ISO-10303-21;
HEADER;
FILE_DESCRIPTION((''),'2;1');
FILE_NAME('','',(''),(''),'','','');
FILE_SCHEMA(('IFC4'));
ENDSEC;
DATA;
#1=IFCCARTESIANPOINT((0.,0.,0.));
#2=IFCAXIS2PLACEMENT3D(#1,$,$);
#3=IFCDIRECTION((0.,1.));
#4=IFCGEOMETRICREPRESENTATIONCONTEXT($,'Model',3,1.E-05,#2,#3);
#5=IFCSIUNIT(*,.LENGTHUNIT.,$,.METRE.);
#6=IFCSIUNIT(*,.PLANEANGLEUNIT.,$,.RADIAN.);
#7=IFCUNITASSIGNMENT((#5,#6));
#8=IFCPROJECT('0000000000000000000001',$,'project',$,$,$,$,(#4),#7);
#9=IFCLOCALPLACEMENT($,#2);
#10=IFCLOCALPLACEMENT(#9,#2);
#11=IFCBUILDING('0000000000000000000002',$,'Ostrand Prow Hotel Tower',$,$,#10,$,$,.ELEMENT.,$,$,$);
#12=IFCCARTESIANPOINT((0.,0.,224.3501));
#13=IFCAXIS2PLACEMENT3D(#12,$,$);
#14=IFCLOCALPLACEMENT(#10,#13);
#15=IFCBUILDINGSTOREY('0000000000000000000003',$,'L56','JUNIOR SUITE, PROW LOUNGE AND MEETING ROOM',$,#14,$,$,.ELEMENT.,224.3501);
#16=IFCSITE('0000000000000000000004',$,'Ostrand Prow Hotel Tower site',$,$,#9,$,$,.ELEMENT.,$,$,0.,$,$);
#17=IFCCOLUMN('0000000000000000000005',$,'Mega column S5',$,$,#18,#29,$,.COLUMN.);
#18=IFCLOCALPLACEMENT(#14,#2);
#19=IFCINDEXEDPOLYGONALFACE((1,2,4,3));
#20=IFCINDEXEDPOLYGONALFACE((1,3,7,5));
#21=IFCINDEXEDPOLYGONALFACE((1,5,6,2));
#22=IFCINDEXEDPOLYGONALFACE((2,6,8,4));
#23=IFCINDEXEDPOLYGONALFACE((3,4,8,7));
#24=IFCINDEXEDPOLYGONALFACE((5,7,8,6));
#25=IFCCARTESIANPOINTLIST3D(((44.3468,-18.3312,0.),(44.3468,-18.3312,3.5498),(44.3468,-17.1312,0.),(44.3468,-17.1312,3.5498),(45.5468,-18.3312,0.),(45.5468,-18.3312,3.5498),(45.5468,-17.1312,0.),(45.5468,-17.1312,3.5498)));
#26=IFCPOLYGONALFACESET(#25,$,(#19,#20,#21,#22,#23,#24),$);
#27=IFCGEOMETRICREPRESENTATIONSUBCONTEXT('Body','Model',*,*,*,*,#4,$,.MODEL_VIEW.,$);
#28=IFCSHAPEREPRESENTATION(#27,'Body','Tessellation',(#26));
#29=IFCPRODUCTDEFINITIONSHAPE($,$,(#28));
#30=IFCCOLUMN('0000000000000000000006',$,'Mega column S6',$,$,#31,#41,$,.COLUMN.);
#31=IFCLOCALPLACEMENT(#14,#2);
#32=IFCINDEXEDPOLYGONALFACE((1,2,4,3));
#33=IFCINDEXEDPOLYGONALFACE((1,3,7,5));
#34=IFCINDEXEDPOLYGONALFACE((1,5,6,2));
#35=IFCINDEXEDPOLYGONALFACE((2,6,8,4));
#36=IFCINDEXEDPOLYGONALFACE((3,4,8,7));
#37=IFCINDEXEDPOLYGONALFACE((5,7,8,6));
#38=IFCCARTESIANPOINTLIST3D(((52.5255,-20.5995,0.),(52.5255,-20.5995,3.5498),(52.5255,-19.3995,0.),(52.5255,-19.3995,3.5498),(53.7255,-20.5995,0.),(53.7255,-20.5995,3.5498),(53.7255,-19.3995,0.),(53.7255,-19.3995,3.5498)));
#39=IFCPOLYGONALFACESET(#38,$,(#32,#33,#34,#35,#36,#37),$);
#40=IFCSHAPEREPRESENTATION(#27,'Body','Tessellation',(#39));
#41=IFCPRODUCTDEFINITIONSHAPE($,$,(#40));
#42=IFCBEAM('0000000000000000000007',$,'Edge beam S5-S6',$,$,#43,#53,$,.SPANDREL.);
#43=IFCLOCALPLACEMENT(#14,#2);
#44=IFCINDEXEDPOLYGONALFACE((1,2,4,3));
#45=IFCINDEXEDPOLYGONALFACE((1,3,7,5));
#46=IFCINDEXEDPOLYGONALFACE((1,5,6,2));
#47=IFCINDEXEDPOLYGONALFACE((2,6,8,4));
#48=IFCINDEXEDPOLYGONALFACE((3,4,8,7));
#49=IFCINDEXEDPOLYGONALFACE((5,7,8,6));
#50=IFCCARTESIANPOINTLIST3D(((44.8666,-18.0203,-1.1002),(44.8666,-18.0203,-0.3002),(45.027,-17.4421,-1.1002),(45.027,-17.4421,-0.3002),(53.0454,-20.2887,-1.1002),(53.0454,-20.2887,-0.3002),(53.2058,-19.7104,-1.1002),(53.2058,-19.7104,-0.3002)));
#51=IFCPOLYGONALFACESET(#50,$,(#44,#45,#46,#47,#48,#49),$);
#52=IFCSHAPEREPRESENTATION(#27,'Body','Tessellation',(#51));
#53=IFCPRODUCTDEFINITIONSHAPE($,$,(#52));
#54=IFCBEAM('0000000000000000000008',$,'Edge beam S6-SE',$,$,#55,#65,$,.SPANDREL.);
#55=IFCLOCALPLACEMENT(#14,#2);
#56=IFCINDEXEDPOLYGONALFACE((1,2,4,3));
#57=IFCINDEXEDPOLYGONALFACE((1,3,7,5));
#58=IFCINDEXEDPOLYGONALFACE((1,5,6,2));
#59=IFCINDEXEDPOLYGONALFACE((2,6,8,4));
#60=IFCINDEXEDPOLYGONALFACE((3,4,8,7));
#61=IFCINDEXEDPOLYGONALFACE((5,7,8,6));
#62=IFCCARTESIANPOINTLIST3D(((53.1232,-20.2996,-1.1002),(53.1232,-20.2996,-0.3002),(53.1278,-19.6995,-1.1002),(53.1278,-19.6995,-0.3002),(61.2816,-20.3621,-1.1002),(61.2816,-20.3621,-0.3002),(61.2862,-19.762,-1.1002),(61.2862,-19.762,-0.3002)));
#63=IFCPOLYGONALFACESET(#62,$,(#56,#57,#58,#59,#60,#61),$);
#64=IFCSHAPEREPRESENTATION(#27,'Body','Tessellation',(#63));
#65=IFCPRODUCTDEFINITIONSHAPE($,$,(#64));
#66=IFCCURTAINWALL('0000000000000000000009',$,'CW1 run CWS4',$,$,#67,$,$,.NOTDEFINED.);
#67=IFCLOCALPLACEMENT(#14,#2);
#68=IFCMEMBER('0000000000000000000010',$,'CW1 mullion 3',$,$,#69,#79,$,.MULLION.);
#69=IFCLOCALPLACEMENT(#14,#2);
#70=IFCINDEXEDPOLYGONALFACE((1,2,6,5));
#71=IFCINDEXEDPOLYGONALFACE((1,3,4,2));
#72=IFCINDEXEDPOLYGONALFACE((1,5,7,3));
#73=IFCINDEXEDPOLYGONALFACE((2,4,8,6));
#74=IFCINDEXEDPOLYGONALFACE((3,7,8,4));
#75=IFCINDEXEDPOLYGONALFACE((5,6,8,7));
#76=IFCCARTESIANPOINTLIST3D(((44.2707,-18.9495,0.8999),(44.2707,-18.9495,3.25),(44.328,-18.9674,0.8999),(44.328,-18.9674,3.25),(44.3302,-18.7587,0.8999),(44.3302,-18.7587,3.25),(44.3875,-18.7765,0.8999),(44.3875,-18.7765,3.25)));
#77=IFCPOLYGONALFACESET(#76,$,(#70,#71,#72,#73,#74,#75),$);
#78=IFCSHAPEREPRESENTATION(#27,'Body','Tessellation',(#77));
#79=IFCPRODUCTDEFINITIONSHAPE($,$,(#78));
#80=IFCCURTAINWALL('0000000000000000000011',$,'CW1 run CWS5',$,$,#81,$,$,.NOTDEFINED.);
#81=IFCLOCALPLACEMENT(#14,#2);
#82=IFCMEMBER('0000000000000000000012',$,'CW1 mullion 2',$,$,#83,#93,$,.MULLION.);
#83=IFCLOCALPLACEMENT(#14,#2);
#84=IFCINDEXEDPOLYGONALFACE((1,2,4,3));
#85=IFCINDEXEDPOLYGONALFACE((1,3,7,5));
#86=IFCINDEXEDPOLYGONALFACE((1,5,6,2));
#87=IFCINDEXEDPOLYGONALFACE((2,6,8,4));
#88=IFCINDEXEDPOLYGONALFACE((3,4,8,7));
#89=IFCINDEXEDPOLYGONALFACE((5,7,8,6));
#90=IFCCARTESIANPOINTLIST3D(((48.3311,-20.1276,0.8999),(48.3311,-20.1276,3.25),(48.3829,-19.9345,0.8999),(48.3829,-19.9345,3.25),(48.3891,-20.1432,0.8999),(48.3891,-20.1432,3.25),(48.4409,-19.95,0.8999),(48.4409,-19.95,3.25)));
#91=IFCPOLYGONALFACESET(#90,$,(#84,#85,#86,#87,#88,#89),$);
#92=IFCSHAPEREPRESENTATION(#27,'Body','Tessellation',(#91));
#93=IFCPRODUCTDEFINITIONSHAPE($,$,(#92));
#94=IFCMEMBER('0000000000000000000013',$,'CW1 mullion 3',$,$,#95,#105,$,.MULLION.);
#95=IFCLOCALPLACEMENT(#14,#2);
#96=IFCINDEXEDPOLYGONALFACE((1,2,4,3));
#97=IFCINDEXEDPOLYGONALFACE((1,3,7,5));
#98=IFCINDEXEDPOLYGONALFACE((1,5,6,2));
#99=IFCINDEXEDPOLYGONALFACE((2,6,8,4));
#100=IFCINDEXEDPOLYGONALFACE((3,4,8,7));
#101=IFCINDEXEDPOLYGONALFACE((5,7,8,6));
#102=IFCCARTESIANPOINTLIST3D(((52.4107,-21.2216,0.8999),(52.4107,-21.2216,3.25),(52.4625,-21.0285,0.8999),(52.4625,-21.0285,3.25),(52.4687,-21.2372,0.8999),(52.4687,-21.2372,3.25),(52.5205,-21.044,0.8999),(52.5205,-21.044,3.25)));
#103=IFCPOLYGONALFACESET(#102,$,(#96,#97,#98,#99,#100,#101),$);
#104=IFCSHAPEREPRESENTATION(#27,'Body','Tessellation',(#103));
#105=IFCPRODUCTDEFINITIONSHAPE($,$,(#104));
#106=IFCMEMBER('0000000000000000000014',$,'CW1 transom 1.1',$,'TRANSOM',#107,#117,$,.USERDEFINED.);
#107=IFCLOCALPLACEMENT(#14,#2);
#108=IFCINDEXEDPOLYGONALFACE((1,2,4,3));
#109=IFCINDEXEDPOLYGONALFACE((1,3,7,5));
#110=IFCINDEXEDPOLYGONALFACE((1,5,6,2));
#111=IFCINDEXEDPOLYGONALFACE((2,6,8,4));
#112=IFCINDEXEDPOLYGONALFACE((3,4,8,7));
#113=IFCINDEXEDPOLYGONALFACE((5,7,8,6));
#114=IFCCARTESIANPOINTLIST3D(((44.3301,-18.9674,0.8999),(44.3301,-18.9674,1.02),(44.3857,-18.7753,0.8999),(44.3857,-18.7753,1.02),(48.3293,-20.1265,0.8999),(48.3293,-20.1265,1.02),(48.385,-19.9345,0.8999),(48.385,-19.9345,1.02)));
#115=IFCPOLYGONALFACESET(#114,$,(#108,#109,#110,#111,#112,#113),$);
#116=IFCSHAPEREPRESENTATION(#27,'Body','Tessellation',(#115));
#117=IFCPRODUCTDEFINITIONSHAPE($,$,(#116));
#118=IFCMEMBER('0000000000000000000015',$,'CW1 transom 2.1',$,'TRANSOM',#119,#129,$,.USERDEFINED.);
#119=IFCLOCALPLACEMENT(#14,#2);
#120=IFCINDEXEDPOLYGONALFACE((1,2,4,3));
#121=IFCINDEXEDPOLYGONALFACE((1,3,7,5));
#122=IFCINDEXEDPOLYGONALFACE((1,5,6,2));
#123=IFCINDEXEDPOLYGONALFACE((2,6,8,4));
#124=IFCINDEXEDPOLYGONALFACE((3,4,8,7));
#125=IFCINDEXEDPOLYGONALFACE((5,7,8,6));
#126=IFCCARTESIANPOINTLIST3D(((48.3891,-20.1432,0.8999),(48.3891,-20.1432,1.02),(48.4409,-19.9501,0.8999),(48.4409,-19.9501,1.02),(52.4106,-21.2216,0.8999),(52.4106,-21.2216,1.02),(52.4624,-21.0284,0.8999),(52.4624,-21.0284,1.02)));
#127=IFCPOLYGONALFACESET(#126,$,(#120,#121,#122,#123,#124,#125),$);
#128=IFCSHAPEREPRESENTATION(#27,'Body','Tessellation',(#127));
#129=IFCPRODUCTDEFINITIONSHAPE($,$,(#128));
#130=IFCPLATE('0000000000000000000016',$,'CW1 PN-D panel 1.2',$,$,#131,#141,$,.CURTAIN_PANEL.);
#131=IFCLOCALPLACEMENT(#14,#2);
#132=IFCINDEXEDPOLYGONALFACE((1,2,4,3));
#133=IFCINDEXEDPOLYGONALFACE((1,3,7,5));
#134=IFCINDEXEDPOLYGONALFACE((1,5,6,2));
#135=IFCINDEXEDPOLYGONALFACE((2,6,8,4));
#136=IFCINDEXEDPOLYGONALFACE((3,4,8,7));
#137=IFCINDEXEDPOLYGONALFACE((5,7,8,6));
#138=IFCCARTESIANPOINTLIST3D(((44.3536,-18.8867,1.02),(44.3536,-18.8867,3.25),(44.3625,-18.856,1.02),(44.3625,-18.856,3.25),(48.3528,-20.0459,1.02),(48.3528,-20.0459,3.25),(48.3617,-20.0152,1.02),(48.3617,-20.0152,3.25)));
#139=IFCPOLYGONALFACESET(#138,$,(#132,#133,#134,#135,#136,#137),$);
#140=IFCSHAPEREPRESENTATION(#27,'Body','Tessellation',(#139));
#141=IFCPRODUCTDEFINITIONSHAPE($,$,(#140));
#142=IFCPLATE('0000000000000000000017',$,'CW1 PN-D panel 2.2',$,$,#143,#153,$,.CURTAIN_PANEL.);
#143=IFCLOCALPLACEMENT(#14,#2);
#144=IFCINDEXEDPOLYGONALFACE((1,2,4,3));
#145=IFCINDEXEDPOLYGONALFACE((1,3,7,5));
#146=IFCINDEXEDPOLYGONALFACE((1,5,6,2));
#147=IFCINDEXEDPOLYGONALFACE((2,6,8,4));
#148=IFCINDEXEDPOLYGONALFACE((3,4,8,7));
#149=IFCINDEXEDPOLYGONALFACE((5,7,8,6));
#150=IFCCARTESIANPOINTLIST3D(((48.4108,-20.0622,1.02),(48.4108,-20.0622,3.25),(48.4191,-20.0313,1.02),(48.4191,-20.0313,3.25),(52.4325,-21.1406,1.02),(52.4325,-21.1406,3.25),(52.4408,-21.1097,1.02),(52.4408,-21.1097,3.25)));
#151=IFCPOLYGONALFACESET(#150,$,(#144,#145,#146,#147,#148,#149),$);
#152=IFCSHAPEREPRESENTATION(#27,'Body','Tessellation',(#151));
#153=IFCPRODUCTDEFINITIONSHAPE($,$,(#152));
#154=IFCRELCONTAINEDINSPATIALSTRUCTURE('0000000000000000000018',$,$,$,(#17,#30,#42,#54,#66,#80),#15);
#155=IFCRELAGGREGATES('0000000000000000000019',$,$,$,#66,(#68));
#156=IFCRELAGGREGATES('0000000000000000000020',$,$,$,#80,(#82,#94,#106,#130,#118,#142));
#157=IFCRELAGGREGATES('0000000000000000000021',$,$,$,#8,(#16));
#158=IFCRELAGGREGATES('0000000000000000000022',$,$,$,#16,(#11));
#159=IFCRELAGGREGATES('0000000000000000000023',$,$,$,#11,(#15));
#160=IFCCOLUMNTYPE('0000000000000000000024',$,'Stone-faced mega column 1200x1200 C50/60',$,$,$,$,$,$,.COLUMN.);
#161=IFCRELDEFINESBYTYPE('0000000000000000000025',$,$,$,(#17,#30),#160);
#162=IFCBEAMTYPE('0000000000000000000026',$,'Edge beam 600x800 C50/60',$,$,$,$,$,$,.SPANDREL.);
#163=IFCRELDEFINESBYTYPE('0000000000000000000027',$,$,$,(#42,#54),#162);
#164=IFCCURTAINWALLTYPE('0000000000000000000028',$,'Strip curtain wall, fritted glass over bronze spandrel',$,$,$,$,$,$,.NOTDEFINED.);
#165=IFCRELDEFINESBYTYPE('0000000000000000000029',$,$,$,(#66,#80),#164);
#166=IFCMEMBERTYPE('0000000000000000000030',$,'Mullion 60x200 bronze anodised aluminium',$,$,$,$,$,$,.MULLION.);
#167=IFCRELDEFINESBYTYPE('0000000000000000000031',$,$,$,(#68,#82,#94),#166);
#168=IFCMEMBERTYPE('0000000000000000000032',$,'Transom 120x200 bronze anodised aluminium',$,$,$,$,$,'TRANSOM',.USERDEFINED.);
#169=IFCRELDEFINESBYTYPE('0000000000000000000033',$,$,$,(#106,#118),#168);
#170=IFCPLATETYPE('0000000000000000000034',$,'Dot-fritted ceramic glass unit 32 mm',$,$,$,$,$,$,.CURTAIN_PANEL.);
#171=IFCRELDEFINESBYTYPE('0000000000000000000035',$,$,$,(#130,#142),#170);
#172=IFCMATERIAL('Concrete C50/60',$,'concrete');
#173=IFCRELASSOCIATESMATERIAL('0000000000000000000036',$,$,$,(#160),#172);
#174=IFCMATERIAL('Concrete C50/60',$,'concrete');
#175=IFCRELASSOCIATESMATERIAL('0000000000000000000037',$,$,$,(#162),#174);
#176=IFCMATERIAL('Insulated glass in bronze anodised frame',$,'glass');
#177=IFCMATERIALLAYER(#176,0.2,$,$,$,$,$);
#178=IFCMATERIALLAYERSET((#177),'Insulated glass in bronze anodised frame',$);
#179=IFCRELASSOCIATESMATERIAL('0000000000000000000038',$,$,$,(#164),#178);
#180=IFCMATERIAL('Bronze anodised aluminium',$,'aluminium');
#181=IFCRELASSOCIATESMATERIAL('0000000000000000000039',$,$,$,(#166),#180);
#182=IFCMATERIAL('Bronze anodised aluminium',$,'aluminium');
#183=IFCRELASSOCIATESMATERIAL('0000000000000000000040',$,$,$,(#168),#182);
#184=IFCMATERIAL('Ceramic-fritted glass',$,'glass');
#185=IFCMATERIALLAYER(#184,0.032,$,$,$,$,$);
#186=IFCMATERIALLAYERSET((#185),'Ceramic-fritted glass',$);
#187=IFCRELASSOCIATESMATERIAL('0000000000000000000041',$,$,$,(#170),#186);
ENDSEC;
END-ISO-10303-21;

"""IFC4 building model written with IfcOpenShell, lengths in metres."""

from ifc_helpers import new_model, si_unit, direction, frame, origin, origin_2d, place, context, subcontext, project, spatial, rectangle, extrude, material, layer, layer_set, material_profile, profile_set, type_object, element, aggregate, save


model = new_model("IFC4")

# Units and contexts
model_context = context("Model", 3, precision=1e-05, world=origin(), true_north=direction((0.0, 1.0)))
body_context = subcontext(model_context, "Body", "Model", "MODEL_VIEW")
ifc_project = project(units=[si_unit("LENGTHUNIT", "METRE"), si_unit("PLANEANGLEUNIT", "RADIAN")], contexts=[model_context])

# Site, building, storey
site_placement = place(None, origin())
site = spatial("IfcSite", under=ifc_project, at=site_placement, Name="Ostrand Prow Hotel Tower site", CompositionType="ELEMENT", RefElevation=0.0)
building_placement = place(site_placement, origin())
building = spatial("IfcBuilding", under=site, at=building_placement, Name="Ostrand Prow Hotel Tower", CompositionType="ELEMENT")
storey_placement = place(building_placement, frame((0.0, 0.0, 224.3501)))
storey = spatial("IfcBuildingStorey", under=building, at=storey_placement, Name="L56", Description="JUNIOR SUITE, PROW LOUNGE AND MEETING ROOM", CompositionType="ELEMENT", Elevation=224.3501)

# Columns
ifc_material_1 = material(Name="Concrete C50/60", Category="concrete")
ifc_material_profile_1 = material_profile(ifc_material_1, rectangle(XDim=1.2, YDim=1.2, at=origin_2d()), Name="RC 1200x1200")
ifc_profile_set_1 = profile_set([ifc_material_profile_1], Name="Concrete C50/60")
column_type = type_object("IfcColumnType", Name="Stone-faced mega column 1200x1200 C50/60", PredefinedType="COLUMN", material=ifc_profile_set_1)
for number, where, z_axis, x_axis, name in (
    (1, (44.9468, -17.7312, 0.0), (0.0, 0.0, 1.0), (1.0, 0.0, 0.0), "Mega column S5"),
    (2, (53.1255, -19.9995, 0.0), (0.0, 0.0, 1.0), (1.0, 0.0, 0.0), "Mega column S6"),
):
    element("IfcColumn", number, at=place(storey_placement, frame(where, z_axis=z_axis, x_axis=x_axis)), inside=storey, type_object=column_type, Name=name, PredefinedType="COLUMN", context=body_context, shape_type="SweptSolid", body=[
        extrude(rectangle(XDim=1.2, YDim=1.2, at=origin_2d()), origin(), (0.0, 0.0, 1.0), 3.5498),
    ])

# Beams
ifc_material_2 = material(Name="Concrete C50/60", Category="concrete")
ifc_material_profile_2 = material_profile(ifc_material_2, rectangle(XDim=0.6001, YDim=0.8, at=origin_2d()), Name="RC 600x800")
ifc_profile_set_2 = profile_set([ifc_material_profile_2], Name="Concrete C50/60")
beam_type = type_object("IfcBeamType", Name="Edge beam 600x800 C50/60", PredefinedType="SPANDREL", material=ifc_profile_set_2)
beam_1_placement = place(storey_placement, frame((44.9468, -17.7312, -0.7002), z_axis=(0.963626, -0.267255, 0.0), x_axis=(0.267255, 0.963626, 0.0)))
element("IfcBeam", 3, at=beam_1_placement, inside=storey, type_object=beam_type, Name="Edge beam S5-S6", PredefinedType="SPANDREL", context=body_context, shape_type="SweptSolid", body=[
    extrude(rectangle(XDim=0.6001, YDim=0.8, at=origin_2d()), origin(), (0.0, 0.0, 1.0), 8.4875),
])
beam_2_placement = place(storey_placement, frame((53.1255, -19.9995, -0.7002), z_axis=(0.999971, -0.007661, 0.0), x_axis=(0.007661, 0.999971, 0.0)))
element("IfcBeam", 4, at=beam_2_placement, inside=storey, type_object=beam_type, Name="Edge beam S6-SE", PredefinedType="SPANDREL", context=body_context, shape_type="SweptSolid", body=[
    extrude(rectangle(XDim=0.6001, YDim=0.8, at=origin_2d()), origin(), (0.0, 0.0, 1.0), 8.1587),
])

# Curtain wall, member
ifc_material_3 = material(Name="Insulated glass in bronze anodised frame", Category="glass")
ifc_layer_1 = layer(ifc_material_3, 0.2)
ifc_layer_set_1 = layer_set([ifc_layer_1], Name="Insulated glass in bronze anodised frame")
curtain_wall_type = type_object("IfcCurtainWallType", Name="Strip curtain wall, fritted glass over bronze spandrel", PredefinedType="NOTDEFINED", material=ifc_layer_set_1)
curtain_wall_1_placement = place(storey_placement, origin())
curtain_wall_1 = element("IfcCurtainWall", 5, at=curtain_wall_1_placement, inside=storey, type_object=curtain_wall_type, Name="CW1 run CWS4", PredefinedType="NOTDEFINED")
ifc_material_4 = material(Name="Bronze anodised aluminium", Category="aluminium")
ifc_material_profile_3 = material_profile(ifc_material_4, rectangle(XDim=0.2, YDim=0.0601, at=origin_2d()), Name="Mullion 60x200 bronze anodised aluminium")
ifc_profile_set_3 = profile_set([ifc_material_profile_3], Name="Bronze anodised aluminium")
member_type_1 = type_object("IfcMemberType", Name="Mullion 60x200 bronze anodised aluminium", PredefinedType="MULLION", material=ifc_profile_set_3)
member_1_placement = place(storey_placement, frame((44.3291, -18.863, 0.8999), z_axis=(0.0, 0.0, 1.0), x_axis=(0.297678, 0.954666, 0.0)))
member_1 = element("IfcMember", 6, at=member_1_placement, type_object=member_type_1, Name="CW1 mullion 3", PredefinedType="MULLION", context=body_context, shape_type="SweptSolid", body=[
    extrude(rectangle(XDim=0.2, YDim=0.0601, at=origin_2d()), origin(), (0.0, 0.0, 1.0), 2.3501),
])
aggregate(curtain_wall_1, [member_1])

# Curtain wall, members, plates
curtain_wall_2_placement = place(storey_placement, origin())
curtain_wall_2 = element("IfcCurtainWall", 7, at=curtain_wall_2_placement, inside=storey, type_object=curtain_wall_type, Name="CW1 run CWS5", PredefinedType="NOTDEFINED")
member_2_placement = place(storey_placement, frame((48.386, -20.0388, 0.8999), z_axis=(0.0, 0.0, 1.0), x_axis=(0.258994, 0.965879, 0.0)))
member_2 = element("IfcMember", 8, at=member_2_placement, type_object=member_type_1, Name="CW1 mullion 2", PredefinedType="MULLION", context=body_context, shape_type="SweptSolid", body=[
    extrude(rectangle(XDim=0.2, YDim=0.0601, at=origin_2d()), origin(), (0.0, 0.0, 1.0), 2.3501),
])
member_3_placement = place(storey_placement, frame((52.4656, -21.1328, 0.8999), z_axis=(0.0, 0.0, 1.0), x_axis=(0.258994, 0.965879, 0.0)))
member_3 = element("IfcMember", 9, at=member_3_placement, type_object=member_type_1, Name="CW1 mullion 3", PredefinedType="MULLION", context=body_context, shape_type="SweptSolid", body=[
    extrude(rectangle(XDim=0.2, YDim=0.0601, at=origin_2d()), origin(), (0.0, 0.0, 1.0), 2.3501),
])
ifc_material_5 = material(Name="Bronze anodised aluminium", Category="aluminium")
ifc_material_profile_4 = material_profile(ifc_material_5, rectangle(XDim=0.2, YDim=0.1201, at=origin_2d()), Name="Transom 120x200 bronze anodised aluminium")
ifc_profile_set_4 = profile_set([ifc_material_profile_4], Name="Bronze anodised aluminium")
member_type_2 = type_object("IfcMemberType", Name="Transom 120x200 bronze anodised aluminium", ElementType="TRANSOM", PredefinedType="USERDEFINED", material=ifc_profile_set_4)
member_4_placement = place(storey_placement, frame((44.3579, -18.8713, 0.96), z_axis=(0.960468, -0.27839, 0.0), x_axis=(0.27839, 0.960468, 0.0)))
member_4 = element("IfcMember", 10, at=member_4_placement, type_object=member_type_2, Name="CW1 transom 1.1", ObjectType="TRANSOM", PredefinedType="USERDEFINED", context=body_context, shape_type="SweptSolid", body=[
    extrude(rectangle(XDim=0.2, YDim=0.1201, at=origin_2d()), origin(), (0.0, 0.0, 1.0), 4.1638),
])
member_5_placement = place(storey_placement, frame((48.415, -20.0466, 0.96), z_axis=(0.965877, -0.259002, 0.0), x_axis=(0.259002, 0.965877, 0.0)))
member_5 = element("IfcMember", 11, at=member_5_placement, type_object=member_type_2, Name="CW1 transom 2.1", ObjectType="TRANSOM", PredefinedType="USERDEFINED", context=body_context, shape_type="SweptSolid", body=[
    extrude(rectangle(XDim=0.2, YDim=0.1201, at=origin_2d()), origin(), (0.0, 0.0, 1.0), 4.1636),
])
ifc_material_6 = material(Name="Ceramic-fritted glass", Category="glass")
ifc_layer_2 = layer(ifc_material_6, 0.032)
ifc_layer_set_2 = layer_set([ifc_layer_2], Name="Ceramic-fritted glass")
plate_type = type_object("IfcPlateType", Name="Dot-fritted ceramic glass unit 32 mm", PredefinedType="CURTAIN_PANEL", material=ifc_layer_set_2)
plate_1_placement = place(storey_placement, frame((46.3577, -19.4509, 1.02), z_axis=(0.0, 0.0, 1.0), x_axis=(0.960467, -0.278393, 0.0)))
plate_1 = element("IfcPlate", 12, at=plate_1_placement, type_object=plate_type, Name="CW1 PN-D panel 1.2", PredefinedType="CURTAIN_PANEL", context=body_context, shape_type="SweptSolid", body=[
    extrude(rectangle(XDim=4.1638, YDim=0.032, at=origin_2d()), origin(), (0.0, 0.0, 1.0), 2.23),
])
plate_2_placement = place(storey_placement, frame((50.4258, -20.5859, 1.02), z_axis=(0.0, 0.0, 1.0), x_axis=(0.965879, -0.258994, 0.0)))
plate_2 = element("IfcPlate", 13, at=plate_2_placement, type_object=plate_type, Name="CW1 PN-D panel 2.2", PredefinedType="CURTAIN_PANEL", context=body_context, shape_type="SweptSolid", body=[
    extrude(rectangle(XDim=4.1638, YDim=0.032, at=origin_2d()), origin(), (0.0, 0.0, 1.0), 2.23),
])
aggregate(curtain_wall_2, [member_2, member_3, member_4, plate_1, member_5, plate_2])

save(model, "model.ifc")
